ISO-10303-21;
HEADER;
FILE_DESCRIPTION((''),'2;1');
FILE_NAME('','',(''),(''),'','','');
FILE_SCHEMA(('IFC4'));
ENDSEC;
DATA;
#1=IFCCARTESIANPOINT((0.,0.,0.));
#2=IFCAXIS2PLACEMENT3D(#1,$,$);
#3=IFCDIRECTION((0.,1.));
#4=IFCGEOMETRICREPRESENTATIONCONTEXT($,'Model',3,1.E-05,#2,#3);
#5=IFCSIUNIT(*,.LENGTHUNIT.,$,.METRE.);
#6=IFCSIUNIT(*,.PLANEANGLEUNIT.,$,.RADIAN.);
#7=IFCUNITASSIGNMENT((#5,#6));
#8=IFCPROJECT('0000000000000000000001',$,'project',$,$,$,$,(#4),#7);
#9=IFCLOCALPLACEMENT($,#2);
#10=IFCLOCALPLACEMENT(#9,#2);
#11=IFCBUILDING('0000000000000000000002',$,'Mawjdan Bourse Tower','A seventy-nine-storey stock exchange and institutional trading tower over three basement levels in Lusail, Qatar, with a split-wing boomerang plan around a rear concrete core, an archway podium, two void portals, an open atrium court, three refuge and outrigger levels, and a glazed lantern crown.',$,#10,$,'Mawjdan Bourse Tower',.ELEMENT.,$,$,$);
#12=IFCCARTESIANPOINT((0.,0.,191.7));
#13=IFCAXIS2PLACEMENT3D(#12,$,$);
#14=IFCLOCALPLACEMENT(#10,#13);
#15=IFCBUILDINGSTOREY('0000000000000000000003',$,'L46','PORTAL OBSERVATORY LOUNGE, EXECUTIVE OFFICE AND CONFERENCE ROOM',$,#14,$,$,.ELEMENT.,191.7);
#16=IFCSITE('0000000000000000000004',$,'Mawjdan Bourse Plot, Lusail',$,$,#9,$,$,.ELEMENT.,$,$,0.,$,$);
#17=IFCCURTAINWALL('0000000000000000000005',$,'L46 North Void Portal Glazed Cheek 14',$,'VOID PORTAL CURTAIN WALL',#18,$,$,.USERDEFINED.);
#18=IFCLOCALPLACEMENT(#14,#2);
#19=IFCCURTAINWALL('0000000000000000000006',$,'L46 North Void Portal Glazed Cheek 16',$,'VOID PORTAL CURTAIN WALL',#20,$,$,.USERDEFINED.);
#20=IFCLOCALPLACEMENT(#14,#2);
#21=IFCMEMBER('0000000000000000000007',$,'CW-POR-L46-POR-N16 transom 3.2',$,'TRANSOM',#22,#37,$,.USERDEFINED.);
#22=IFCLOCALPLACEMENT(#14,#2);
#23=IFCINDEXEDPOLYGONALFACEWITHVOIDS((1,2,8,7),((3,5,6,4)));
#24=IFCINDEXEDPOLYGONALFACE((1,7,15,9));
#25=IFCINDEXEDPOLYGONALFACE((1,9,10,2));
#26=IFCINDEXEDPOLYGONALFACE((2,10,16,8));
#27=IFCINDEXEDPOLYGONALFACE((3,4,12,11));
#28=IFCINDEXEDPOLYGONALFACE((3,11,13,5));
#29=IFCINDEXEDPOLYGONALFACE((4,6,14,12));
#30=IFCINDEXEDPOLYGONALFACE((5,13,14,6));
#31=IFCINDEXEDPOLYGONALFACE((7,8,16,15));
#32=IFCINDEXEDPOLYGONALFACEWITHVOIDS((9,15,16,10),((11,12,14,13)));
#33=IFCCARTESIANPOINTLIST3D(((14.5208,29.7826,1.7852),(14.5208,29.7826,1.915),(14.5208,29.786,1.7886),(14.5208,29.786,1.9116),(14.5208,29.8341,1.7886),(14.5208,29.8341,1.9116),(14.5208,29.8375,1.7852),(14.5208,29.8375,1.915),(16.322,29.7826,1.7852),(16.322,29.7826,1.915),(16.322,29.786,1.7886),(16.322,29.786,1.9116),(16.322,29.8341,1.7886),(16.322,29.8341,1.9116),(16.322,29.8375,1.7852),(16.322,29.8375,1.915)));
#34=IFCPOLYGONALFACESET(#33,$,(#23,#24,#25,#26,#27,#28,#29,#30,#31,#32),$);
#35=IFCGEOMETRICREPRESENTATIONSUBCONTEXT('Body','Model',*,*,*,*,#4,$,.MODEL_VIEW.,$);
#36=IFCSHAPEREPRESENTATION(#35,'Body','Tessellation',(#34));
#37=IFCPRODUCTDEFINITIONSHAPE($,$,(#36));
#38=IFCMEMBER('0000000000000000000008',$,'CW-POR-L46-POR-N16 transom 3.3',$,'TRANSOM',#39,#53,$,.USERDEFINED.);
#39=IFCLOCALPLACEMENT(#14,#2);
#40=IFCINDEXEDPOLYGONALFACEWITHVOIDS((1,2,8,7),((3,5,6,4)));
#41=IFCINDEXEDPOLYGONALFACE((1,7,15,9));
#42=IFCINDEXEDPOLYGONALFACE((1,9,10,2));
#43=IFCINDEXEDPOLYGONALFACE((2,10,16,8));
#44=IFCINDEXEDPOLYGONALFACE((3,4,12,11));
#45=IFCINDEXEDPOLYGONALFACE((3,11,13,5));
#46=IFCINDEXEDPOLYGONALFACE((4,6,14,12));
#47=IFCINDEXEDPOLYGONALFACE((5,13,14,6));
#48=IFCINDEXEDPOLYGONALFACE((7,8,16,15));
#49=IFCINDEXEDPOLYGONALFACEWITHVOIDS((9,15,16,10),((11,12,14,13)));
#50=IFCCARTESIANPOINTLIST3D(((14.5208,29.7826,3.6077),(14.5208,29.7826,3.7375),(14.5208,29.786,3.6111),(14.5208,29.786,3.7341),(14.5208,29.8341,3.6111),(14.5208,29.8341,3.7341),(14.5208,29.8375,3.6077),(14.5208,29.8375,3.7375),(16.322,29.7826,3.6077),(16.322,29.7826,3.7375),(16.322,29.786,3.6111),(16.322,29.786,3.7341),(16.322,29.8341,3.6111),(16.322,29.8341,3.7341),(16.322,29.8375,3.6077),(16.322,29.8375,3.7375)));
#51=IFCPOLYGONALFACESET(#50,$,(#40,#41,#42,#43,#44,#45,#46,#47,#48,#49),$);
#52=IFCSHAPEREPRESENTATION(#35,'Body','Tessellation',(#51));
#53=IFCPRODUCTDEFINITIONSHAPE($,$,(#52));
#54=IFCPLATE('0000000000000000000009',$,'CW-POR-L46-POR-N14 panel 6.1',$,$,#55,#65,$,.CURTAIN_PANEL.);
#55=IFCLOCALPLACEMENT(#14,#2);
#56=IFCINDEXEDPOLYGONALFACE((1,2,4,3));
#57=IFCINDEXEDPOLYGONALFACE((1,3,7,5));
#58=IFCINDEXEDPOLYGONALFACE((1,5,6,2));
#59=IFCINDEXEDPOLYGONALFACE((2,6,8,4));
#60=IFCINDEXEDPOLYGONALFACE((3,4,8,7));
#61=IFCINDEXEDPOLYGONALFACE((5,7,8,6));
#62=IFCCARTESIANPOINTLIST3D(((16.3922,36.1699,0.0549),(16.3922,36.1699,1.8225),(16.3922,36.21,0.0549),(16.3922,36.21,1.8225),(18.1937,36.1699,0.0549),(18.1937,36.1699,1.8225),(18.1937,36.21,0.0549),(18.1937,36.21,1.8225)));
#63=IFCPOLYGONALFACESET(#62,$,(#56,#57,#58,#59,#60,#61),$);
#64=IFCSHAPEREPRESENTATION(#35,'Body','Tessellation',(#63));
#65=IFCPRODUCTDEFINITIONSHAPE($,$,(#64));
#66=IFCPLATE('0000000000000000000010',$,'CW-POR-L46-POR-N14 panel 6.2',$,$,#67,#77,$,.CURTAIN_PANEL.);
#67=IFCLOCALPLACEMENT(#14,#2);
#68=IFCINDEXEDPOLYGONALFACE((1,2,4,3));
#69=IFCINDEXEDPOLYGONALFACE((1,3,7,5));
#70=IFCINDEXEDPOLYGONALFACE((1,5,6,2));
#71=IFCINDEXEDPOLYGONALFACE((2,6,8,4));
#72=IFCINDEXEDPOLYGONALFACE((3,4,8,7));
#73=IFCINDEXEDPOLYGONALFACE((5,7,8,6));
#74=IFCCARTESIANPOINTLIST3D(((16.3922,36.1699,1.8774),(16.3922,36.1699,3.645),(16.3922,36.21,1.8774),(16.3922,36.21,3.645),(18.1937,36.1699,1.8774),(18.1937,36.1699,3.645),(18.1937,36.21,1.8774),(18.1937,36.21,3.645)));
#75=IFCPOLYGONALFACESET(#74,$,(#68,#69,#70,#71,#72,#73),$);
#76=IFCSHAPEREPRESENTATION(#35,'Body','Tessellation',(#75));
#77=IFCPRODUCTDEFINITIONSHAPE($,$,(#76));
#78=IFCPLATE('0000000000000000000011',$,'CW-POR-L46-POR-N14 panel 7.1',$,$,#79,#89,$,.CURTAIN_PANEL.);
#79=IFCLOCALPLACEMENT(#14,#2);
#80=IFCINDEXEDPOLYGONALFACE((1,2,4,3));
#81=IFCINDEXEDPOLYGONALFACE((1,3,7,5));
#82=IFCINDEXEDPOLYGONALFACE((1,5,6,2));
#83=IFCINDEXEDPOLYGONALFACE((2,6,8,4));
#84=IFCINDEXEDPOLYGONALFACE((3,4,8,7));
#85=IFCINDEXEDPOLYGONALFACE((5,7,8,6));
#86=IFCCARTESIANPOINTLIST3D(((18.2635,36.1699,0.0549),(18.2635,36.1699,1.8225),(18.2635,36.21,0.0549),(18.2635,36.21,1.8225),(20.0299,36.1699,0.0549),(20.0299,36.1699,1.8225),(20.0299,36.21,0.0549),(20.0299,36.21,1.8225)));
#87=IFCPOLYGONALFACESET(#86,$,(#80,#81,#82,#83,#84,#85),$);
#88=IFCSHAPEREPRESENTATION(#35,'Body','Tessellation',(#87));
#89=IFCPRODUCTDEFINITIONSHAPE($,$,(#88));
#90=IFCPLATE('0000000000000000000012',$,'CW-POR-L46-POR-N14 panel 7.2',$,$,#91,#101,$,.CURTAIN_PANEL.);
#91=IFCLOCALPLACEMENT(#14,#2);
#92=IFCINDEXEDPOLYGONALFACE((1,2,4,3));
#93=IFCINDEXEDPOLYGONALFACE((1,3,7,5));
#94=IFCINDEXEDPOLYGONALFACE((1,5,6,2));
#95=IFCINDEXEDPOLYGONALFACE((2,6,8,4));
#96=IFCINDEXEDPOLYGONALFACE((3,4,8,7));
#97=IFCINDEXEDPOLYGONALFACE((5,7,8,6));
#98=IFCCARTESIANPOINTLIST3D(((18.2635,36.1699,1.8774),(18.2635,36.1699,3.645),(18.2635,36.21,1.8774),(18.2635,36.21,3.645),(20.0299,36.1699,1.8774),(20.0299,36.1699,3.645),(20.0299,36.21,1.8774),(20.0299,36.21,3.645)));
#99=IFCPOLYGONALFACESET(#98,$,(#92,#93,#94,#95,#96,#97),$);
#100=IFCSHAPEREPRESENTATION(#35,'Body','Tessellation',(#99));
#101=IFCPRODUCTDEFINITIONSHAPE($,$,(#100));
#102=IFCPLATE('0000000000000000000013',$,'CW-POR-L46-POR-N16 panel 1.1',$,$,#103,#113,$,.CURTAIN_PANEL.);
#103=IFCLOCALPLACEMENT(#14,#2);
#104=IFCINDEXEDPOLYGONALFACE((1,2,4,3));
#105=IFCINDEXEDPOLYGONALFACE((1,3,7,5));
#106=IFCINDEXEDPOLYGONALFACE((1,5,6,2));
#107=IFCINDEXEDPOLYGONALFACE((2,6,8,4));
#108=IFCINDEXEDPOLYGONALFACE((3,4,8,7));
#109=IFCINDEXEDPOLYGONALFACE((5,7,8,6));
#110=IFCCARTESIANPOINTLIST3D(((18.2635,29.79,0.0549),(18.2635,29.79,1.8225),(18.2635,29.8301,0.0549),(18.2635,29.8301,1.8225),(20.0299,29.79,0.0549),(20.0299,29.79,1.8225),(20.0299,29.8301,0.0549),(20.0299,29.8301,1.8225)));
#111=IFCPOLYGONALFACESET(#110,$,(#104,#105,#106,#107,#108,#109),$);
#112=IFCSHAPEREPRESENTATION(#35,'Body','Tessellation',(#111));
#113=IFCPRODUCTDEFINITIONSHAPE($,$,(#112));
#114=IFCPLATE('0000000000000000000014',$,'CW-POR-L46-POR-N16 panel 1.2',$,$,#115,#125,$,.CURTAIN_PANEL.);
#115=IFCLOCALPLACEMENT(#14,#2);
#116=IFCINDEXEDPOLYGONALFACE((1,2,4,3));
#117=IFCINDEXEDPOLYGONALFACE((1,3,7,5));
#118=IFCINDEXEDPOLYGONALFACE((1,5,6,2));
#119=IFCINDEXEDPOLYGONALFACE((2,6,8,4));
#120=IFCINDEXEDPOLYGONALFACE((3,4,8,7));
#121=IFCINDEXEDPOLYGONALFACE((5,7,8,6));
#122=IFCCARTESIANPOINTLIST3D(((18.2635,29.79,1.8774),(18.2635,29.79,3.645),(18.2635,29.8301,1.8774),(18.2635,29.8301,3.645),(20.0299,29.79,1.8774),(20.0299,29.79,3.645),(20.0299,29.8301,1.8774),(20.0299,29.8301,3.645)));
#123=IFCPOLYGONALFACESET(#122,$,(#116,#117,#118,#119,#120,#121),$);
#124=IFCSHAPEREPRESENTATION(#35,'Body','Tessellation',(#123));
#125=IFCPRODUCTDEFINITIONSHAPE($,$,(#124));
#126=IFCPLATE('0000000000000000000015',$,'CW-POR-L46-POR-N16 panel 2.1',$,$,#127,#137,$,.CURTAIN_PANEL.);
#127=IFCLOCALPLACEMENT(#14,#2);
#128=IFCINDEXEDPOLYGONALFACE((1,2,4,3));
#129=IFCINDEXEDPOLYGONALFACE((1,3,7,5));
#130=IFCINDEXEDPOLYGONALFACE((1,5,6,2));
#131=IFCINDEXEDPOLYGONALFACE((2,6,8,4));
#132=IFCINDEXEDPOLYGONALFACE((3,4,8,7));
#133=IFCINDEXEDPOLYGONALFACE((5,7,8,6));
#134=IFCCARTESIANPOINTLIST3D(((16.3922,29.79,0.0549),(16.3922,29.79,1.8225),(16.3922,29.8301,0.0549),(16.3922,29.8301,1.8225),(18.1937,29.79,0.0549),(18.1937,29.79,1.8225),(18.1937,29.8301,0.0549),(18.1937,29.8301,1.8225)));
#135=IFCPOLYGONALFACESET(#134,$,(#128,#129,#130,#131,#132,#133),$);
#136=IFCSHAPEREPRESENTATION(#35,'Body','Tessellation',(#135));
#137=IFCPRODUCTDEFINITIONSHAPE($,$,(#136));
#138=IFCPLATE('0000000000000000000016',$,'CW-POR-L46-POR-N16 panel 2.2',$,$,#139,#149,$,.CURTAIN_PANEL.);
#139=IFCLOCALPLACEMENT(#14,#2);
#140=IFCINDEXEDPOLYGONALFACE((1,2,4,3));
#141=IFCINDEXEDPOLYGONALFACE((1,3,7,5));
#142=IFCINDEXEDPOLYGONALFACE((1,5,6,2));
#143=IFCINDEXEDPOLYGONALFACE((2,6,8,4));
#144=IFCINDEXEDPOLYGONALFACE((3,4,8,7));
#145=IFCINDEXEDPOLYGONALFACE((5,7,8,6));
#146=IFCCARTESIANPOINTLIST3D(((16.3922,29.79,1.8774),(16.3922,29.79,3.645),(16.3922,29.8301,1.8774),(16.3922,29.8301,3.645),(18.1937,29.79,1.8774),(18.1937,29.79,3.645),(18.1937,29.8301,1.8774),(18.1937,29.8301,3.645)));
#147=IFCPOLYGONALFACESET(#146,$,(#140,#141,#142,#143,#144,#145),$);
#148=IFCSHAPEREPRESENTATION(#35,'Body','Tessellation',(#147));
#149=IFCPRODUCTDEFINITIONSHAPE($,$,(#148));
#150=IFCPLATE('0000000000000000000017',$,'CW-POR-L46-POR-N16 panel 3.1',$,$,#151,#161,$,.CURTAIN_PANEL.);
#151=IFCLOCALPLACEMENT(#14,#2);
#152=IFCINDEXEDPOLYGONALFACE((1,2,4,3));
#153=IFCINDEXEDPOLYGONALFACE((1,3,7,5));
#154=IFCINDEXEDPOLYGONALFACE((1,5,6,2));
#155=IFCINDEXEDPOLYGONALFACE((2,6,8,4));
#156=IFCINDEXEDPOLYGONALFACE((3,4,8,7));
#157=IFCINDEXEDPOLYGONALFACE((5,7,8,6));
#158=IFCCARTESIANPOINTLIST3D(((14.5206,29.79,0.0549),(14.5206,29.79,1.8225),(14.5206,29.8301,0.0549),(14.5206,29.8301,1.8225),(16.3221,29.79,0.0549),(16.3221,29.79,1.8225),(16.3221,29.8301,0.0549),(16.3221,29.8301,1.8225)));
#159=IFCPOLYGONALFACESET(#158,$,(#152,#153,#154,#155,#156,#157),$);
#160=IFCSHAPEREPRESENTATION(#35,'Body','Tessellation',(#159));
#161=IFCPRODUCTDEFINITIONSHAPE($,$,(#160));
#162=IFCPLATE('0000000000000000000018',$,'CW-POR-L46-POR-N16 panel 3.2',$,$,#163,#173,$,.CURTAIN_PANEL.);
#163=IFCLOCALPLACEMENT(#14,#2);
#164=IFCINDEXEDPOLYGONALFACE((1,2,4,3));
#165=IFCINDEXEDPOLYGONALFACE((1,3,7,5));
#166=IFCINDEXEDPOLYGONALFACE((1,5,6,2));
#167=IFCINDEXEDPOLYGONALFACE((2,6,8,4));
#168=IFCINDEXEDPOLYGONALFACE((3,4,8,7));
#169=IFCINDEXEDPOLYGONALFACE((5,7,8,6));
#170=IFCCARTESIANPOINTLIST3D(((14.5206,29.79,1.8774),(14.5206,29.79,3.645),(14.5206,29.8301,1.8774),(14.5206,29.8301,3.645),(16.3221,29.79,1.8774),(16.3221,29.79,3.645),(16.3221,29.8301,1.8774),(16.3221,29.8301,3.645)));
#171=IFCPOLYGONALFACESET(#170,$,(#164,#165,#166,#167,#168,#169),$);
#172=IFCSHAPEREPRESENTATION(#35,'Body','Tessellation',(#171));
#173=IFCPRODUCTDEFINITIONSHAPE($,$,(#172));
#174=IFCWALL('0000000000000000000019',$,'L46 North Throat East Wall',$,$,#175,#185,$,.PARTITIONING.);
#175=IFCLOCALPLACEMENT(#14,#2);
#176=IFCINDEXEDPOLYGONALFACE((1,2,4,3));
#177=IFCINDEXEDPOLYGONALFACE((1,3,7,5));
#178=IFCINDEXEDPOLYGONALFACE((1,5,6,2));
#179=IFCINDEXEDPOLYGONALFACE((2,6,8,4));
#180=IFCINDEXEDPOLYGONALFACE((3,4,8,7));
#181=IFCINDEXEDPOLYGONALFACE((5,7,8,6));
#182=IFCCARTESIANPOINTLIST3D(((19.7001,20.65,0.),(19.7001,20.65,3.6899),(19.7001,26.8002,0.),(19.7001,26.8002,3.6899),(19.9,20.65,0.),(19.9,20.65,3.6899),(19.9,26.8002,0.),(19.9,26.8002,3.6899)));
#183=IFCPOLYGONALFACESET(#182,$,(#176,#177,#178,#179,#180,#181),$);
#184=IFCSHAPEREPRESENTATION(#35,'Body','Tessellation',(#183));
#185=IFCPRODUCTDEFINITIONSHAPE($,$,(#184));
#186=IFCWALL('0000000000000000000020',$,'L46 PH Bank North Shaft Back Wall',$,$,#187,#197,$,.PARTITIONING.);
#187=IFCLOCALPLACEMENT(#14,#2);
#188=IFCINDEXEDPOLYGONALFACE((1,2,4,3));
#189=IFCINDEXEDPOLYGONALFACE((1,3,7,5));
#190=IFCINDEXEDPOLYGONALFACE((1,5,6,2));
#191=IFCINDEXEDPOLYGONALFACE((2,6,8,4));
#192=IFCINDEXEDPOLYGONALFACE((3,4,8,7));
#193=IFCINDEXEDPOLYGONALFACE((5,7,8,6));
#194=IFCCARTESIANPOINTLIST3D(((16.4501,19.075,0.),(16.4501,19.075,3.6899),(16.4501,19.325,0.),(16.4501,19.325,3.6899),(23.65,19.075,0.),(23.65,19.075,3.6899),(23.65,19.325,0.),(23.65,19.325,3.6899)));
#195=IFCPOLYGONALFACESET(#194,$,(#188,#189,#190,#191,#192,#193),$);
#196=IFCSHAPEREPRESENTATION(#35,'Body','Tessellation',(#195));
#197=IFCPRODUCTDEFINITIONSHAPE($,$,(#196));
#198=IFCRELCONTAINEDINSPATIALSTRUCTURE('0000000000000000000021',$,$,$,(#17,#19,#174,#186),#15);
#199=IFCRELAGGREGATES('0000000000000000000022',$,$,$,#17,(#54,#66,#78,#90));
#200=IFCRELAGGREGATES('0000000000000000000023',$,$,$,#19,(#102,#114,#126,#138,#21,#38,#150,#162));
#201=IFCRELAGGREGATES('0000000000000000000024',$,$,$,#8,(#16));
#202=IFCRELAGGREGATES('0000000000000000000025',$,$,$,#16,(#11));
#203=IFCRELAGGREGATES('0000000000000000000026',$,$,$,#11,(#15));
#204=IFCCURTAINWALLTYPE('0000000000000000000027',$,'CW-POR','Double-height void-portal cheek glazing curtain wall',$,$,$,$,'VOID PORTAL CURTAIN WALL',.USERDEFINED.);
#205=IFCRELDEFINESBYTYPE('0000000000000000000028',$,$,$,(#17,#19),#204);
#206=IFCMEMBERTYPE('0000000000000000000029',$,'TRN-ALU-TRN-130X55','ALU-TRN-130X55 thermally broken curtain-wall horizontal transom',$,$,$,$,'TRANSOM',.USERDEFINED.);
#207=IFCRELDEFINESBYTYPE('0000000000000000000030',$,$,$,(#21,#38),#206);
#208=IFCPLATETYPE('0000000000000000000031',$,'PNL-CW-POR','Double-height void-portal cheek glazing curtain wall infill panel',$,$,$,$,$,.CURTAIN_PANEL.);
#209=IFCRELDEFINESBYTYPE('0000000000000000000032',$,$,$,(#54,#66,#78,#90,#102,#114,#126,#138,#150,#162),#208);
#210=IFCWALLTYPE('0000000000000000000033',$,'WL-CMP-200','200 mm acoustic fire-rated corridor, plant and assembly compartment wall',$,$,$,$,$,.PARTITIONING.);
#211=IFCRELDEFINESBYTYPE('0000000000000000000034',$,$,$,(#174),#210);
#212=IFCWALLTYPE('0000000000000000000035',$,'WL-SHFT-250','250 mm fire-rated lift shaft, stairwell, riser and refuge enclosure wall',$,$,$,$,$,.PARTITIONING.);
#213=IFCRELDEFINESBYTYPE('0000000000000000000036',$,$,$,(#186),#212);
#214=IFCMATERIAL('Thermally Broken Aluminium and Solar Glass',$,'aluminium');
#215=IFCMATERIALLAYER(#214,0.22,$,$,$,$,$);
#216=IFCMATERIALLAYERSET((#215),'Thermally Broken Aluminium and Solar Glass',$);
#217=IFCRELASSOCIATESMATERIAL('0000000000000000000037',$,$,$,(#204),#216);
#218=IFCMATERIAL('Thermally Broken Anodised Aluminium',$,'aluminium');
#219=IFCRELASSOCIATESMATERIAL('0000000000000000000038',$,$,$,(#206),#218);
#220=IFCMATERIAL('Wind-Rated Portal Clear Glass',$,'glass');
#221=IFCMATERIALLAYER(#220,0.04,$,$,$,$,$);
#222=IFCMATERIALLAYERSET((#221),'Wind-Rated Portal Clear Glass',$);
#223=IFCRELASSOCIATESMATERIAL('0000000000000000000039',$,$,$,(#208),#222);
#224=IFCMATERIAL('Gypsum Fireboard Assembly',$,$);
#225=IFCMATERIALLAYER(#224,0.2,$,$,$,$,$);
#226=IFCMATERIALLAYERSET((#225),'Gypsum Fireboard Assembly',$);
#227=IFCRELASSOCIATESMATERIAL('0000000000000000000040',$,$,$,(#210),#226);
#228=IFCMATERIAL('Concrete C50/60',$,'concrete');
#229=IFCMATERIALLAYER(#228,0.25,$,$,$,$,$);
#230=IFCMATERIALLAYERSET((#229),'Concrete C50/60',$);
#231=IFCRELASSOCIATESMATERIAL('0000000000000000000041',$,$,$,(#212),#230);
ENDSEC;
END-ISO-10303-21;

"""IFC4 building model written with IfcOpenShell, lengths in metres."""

from ifc_helpers import new_model, si_unit, direction, frame, frame_2d, origin, origin_2d, place, context, subcontext, project, spatial, rectangle, hollow_rectangle, extrude, material, layer, layer_set, material_profile, profile_set, type_object, element, aggregate, save


model = new_model("IFC4")

# Units and contexts
model_context = context("Model", 3, precision=1e-05, world=origin(), true_north=direction((0.0, 1.0)))
body_context = subcontext(model_context, "Body", "Model", "MODEL_VIEW")
ifc_project = project(units=[si_unit("LENGTHUNIT", "METRE"), si_unit("PLANEANGLEUNIT", "RADIAN")], contexts=[model_context])

# Site, building, storey
site_placement = place(None, origin())
site = spatial("IfcSite", under=ifc_project, at=site_placement, Name="Mawjdan Bourse Plot, Lusail", CompositionType="ELEMENT", RefElevation=0.0)
building_placement = place(site_placement, origin())
building = spatial("IfcBuilding", under=site, at=building_placement, Name="Mawjdan Bourse Tower", Description="A seventy-nine-storey stock exchange and institutional trading tower over three basement levels in Lusail, Qatar, with a split-wing boomerang plan around a rear concrete core, an archway podium, two void portals, an open atrium court, three refuge and outrigger levels, and a glazed lantern crown.", LongName="Mawjdan Bourse Tower", CompositionType="ELEMENT")
storey_placement = place(building_placement, frame((0.0, 0.0, 191.7)))
storey = spatial("IfcBuildingStorey", under=building, at=storey_placement, Name="L46", Description="PORTAL OBSERVATORY LOUNGE, EXECUTIVE OFFICE AND CONFERENCE ROOM", CompositionType="ELEMENT", Elevation=191.7)

# Curtain walls
ifc_material_1 = material(Name="Thermally Broken Aluminium and Solar Glass", Category="aluminium")
ifc_layer_1 = layer(ifc_material_1, 0.22)
ifc_layer_set_1 = layer_set([ifc_layer_1], Name="Thermally Broken Aluminium and Solar Glass")
curtain_wall_type = type_object("IfcCurtainWallType", Name="CW-POR", Description="Double-height void-portal cheek glazing curtain wall", ElementType="VOID PORTAL CURTAIN WALL", PredefinedType="USERDEFINED", material=ifc_layer_set_1)
curtain_wall_1_placement = place(storey_placement, origin())
curtain_wall_1 = element("IfcCurtainWall", 1, at=curtain_wall_1_placement, inside=storey, type_object=curtain_wall_type, Name="L46 North Void Portal Glazed Cheek 14", ObjectType="VOID PORTAL CURTAIN WALL", PredefinedType="USERDEFINED")
ifc_material_2 = material(Name="Thermally Broken Anodised Aluminium", Category="aluminium")
curtain_wall_2_placement = place(storey_placement, origin())
curtain_wall_2 = element("IfcCurtainWall", 2, at=curtain_wall_2_placement, inside=storey, type_object=curtain_wall_type, Name="L46 North Void Portal Glazed Cheek 16", ObjectType="VOID PORTAL CURTAIN WALL", PredefinedType="USERDEFINED")

# Members
ifc_material_profile_1 = material_profile(ifc_material_2, hollow_rectangle(XDim=0.0549, YDim=0.1299, WallThickness=0.0034, at=origin_2d()), Name="ALU-TRN-130X55")
ifc_profile_set_1 = profile_set([ifc_material_profile_1], Name="Thermally Broken Anodised Aluminium")
member_type_1 = type_object("IfcMemberType", Name="TRN-ALU-TRN-130X55", Description="ALU-TRN-130X55 thermally broken curtain-wall horizontal transom", ElementType="TRANSOM", PredefinedType="USERDEFINED", material=ifc_profile_set_1)
member_1_placement = place(storey_placement, frame((16.322, 29.8101, 1.8501), z_axis=(-1.0, 0.0, 0.0), x_axis=(0.0, -1.0, 0.0)))
member_1 = element("IfcMember", 3, at=member_1_placement, type_object=member_type_1, Name="CW-POR-L46-POR-N16 transom 3.2", ObjectType="TRANSOM", PredefinedType="USERDEFINED", context=body_context, shape_type="SweptSolid", body=[
    extrude(hollow_rectangle(XDim=0.0549, YDim=0.1299, WallThickness=0.0034, at=origin_2d()), origin(), (0.0, 0.0, 1.0), 1.8013),
])
member_2_placement = place(storey_placement, frame((16.322, 29.8101, 3.6726), z_axis=(-1.0, 0.0, 0.0), x_axis=(0.0, -1.0, 0.0)))
member_2 = element("IfcMember", 4, at=member_2_placement, type_object=member_type_1, Name="CW-POR-L46-POR-N16 transom 3.3", ObjectType="TRANSOM", PredefinedType="USERDEFINED", context=body_context, shape_type="SweptSolid", body=[
    extrude(hollow_rectangle(XDim=0.0549, YDim=0.1299, WallThickness=0.0034, at=origin_2d()), origin(), (0.0, 0.0, 1.0), 1.8013),
])

# Plates
ifc_material_3 = material(Name="Wind-Rated Portal Clear Glass", Category="glass")
ifc_layer_2 = layer(ifc_material_3, 0.04)
ifc_layer_set_2 = layer_set([ifc_layer_2], Name="Wind-Rated Portal Clear Glass")
plate_type = type_object("IfcPlateType", Name="PNL-CW-POR", Description="Double-height void-portal cheek glazing curtain wall infill panel", PredefinedType="CURTAIN_PANEL", material=ifc_layer_set_2)
plate_1_placement = place(storey_placement, frame((17.293, 36.1899, 0.0549), z_axis=(0.0, 0.0, 1.0), x_axis=(1.0, 0.0, 0.0)))
plate_1 = element("IfcPlate", 5, at=plate_1_placement, type_object=plate_type, Name="CW-POR-L46-POR-N14 panel 6.1", PredefinedType="CURTAIN_PANEL", context=body_context, shape_type="SweptSolid", body=[
    extrude(rectangle(XDim=1.8015, YDim=0.04, at=origin_2d()), origin(), (0.0, 0.0, 1.0), 1.7676),
])
plate_2_placement = place(storey_placement, frame((17.293, 36.1899, 1.8774), z_axis=(0.0, 0.0, 1.0), x_axis=(1.0, 0.0, 0.0)))
plate_2 = element("IfcPlate", 6, at=plate_2_placement, type_object=plate_type, Name="CW-POR-L46-POR-N14 panel 6.2", PredefinedType="CURTAIN_PANEL", context=body_context, shape_type="SweptSolid", body=[
    extrude(rectangle(XDim=1.8015, YDim=0.04, at=origin_2d()), origin(), (0.0, 0.0, 1.0), 1.7676),
])
plate_3_placement = place(storey_placement, frame((19.1467, 36.1899, 0.0549), z_axis=(0.0, 0.0, 1.0), x_axis=(1.0, 0.0, 0.0)))
plate_3 = element("IfcPlate", 7, at=plate_3_placement, type_object=plate_type, Name="CW-POR-L46-POR-N14 panel 7.1", PredefinedType="CURTAIN_PANEL", context=body_context, shape_type="SweptSolid", body=[
    extrude(rectangle(XDim=1.7664, YDim=0.04, at=origin_2d()), origin(), (0.0, 0.0, 1.0), 1.7676),
])
plate_4_placement = place(storey_placement, frame((19.1467, 36.1899, 1.8774), z_axis=(0.0, 0.0, 1.0), x_axis=(1.0, 0.0, 0.0)))
plate_4 = element("IfcPlate", 8, at=plate_4_placement, type_object=plate_type, Name="CW-POR-L46-POR-N14 panel 7.2", PredefinedType="CURTAIN_PANEL", context=body_context, shape_type="SweptSolid", body=[
    extrude(rectangle(XDim=1.7664, YDim=0.04, at=origin_2d()), origin(), (0.0, 0.0, 1.0), 1.7676),
])
aggregate(curtain_wall_1, [plate_1, plate_2, plate_3, plate_4])
plate_5_placement = place(storey_placement, frame((19.1467, 29.8101, 0.0549), z_axis=(0.0, 0.0, 1.0), x_axis=(-1.0, 0.0, 0.0)))
plate_5 = element("IfcPlate", 9, at=plate_5_placement, type_object=plate_type, Name="CW-POR-L46-POR-N16 panel 1.1", PredefinedType="CURTAIN_PANEL", context=body_context, shape_type="SweptSolid", body=[
    extrude(rectangle(XDim=1.7664, YDim=0.04, at=origin_2d()), origin(), (0.0, 0.0, 1.0), 1.7676),
])
plate_6_placement = place(storey_placement, frame((19.1467, 29.8101, 1.8774), z_axis=(0.0, 0.0, 1.0), x_axis=(-1.0, 0.0, 0.0)))
plate_6 = element("IfcPlate", 10, at=plate_6_placement, type_object=plate_type, Name="CW-POR-L46-POR-N16 panel 1.2", PredefinedType="CURTAIN_PANEL", context=body_context, shape_type="SweptSolid", body=[
    extrude(rectangle(XDim=1.7664, YDim=0.04, at=origin_2d()), origin(), (0.0, 0.0, 1.0), 1.7676),
])
plate_7_placement = place(storey_placement, frame((17.293, 29.8101, 0.0549), z_axis=(0.0, 0.0, 1.0), x_axis=(-1.0, 0.0, 0.0)))
plate_7 = element("IfcPlate", 11, at=plate_7_placement, type_object=plate_type, Name="CW-POR-L46-POR-N16 panel 2.1", PredefinedType="CURTAIN_PANEL", context=body_context, shape_type="SweptSolid", body=[
    extrude(rectangle(XDim=1.8015, YDim=0.04, at=origin_2d()), origin(), (0.0, 0.0, 1.0), 1.7676),
])
plate_8_placement = place(storey_placement, frame((17.293, 29.8101, 1.8774), z_axis=(0.0, 0.0, 1.0), x_axis=(-1.0, 0.0, 0.0)))
plate_8 = element("IfcPlate", 12, at=plate_8_placement, type_object=plate_type, Name="CW-POR-L46-POR-N16 panel 2.2", PredefinedType="CURTAIN_PANEL", context=body_context, shape_type="SweptSolid", body=[
    extrude(rectangle(XDim=1.8015, YDim=0.04, at=origin_2d()), origin(), (0.0, 0.0, 1.0), 1.7676),
])
plate_9_placement = place(storey_placement, frame((15.4214, 29.8101, 0.0549), z_axis=(0.0, 0.0, 1.0), x_axis=(-1.0, 0.0, 0.0)))
plate_9 = element("IfcPlate", 13, at=plate_9_placement, type_object=plate_type, Name="CW-POR-L46-POR-N16 panel 3.1", PredefinedType="CURTAIN_PANEL", context=body_context, shape_type="SweptSolid", body=[
    extrude(rectangle(XDim=1.8015, YDim=0.04, at=origin_2d()), origin(), (0.0, 0.0, 1.0), 1.7676),
])
plate_10_placement = place(storey_placement, frame((15.4214, 29.8101, 1.8774), z_axis=(0.0, 0.0, 1.0), x_axis=(-1.0, 0.0, 0.0)))
plate_10 = element("IfcPlate", 14, at=plate_10_placement, type_object=plate_type, Name="CW-POR-L46-POR-N16 panel 3.2", PredefinedType="CURTAIN_PANEL", context=body_context, shape_type="SweptSolid", body=[
    extrude(rectangle(XDim=1.8015, YDim=0.04, at=origin_2d()), origin(), (0.0, 0.0, 1.0), 1.7676),
])
aggregate(curtain_wall_2, [plate_5, plate_6, plate_7, plate_8, member_1, member_2, plate_9, plate_10])

# Walls
ifc_material_4 = material(Name="Gypsum Fireboard Assembly")
ifc_layer_3 = layer(ifc_material_4, 0.2)
ifc_layer_set_3 = layer_set([ifc_layer_3], Name="Gypsum Fireboard Assembly")
wall_type_1 = type_object("IfcWallType", Name="WL-CMP-200", Description="200 mm acoustic fire-rated corridor, plant and assembly compartment wall", PredefinedType="PARTITIONING", material=ifc_layer_set_3)
wall_1_placement = place(storey_placement, frame((19.8, 20.6499, 0.0), z_axis=(0.0, 0.0, 1.0), x_axis=(0.0, 1.0, 0.0)))
element("IfcWall", 15, at=wall_1_placement, inside=storey, type_object=wall_type_1, Name="L46 North Throat East Wall", PredefinedType="PARTITIONING", context=body_context, shape_type="SweptSolid", body=[
    extrude(rectangle(XDim=6.1501, YDim=0.2, at=frame_2d((3.0752, 0.0))), origin(), (0.0, 0.0, 1.0), 3.6899),
])
ifc_material_5 = material(Name="Concrete C50/60", Category="concrete")
ifc_layer_4 = layer(ifc_material_5, 0.25)
ifc_layer_set_4 = layer_set([ifc_layer_4], Name="Concrete C50/60")
wall_type_2 = type_object("IfcWallType", Name="WL-SHFT-250", Description="250 mm fire-rated lift shaft, stairwell, riser and refuge enclosure wall", PredefinedType="PARTITIONING", material=ifc_layer_set_4)
wall_2_placement = place(storey_placement, frame((16.45, 19.2, 0.0), z_axis=(0.0, 0.0, 1.0), x_axis=(1.0, 0.0, 0.0)))
element("IfcWall", 16, at=wall_2_placement, inside=storey, type_object=wall_type_2, Name="L46 PH Bank North Shaft Back Wall", PredefinedType="PARTITIONING", context=body_context, shape_type="SweptSolid", body=[
    extrude(rectangle(XDim=7.2, YDim=0.25, at=frame_2d((3.6001, 0.0))), origin(), (0.0, 0.0, 1.0), 3.6899),
])

save(model, "model.ifc")
